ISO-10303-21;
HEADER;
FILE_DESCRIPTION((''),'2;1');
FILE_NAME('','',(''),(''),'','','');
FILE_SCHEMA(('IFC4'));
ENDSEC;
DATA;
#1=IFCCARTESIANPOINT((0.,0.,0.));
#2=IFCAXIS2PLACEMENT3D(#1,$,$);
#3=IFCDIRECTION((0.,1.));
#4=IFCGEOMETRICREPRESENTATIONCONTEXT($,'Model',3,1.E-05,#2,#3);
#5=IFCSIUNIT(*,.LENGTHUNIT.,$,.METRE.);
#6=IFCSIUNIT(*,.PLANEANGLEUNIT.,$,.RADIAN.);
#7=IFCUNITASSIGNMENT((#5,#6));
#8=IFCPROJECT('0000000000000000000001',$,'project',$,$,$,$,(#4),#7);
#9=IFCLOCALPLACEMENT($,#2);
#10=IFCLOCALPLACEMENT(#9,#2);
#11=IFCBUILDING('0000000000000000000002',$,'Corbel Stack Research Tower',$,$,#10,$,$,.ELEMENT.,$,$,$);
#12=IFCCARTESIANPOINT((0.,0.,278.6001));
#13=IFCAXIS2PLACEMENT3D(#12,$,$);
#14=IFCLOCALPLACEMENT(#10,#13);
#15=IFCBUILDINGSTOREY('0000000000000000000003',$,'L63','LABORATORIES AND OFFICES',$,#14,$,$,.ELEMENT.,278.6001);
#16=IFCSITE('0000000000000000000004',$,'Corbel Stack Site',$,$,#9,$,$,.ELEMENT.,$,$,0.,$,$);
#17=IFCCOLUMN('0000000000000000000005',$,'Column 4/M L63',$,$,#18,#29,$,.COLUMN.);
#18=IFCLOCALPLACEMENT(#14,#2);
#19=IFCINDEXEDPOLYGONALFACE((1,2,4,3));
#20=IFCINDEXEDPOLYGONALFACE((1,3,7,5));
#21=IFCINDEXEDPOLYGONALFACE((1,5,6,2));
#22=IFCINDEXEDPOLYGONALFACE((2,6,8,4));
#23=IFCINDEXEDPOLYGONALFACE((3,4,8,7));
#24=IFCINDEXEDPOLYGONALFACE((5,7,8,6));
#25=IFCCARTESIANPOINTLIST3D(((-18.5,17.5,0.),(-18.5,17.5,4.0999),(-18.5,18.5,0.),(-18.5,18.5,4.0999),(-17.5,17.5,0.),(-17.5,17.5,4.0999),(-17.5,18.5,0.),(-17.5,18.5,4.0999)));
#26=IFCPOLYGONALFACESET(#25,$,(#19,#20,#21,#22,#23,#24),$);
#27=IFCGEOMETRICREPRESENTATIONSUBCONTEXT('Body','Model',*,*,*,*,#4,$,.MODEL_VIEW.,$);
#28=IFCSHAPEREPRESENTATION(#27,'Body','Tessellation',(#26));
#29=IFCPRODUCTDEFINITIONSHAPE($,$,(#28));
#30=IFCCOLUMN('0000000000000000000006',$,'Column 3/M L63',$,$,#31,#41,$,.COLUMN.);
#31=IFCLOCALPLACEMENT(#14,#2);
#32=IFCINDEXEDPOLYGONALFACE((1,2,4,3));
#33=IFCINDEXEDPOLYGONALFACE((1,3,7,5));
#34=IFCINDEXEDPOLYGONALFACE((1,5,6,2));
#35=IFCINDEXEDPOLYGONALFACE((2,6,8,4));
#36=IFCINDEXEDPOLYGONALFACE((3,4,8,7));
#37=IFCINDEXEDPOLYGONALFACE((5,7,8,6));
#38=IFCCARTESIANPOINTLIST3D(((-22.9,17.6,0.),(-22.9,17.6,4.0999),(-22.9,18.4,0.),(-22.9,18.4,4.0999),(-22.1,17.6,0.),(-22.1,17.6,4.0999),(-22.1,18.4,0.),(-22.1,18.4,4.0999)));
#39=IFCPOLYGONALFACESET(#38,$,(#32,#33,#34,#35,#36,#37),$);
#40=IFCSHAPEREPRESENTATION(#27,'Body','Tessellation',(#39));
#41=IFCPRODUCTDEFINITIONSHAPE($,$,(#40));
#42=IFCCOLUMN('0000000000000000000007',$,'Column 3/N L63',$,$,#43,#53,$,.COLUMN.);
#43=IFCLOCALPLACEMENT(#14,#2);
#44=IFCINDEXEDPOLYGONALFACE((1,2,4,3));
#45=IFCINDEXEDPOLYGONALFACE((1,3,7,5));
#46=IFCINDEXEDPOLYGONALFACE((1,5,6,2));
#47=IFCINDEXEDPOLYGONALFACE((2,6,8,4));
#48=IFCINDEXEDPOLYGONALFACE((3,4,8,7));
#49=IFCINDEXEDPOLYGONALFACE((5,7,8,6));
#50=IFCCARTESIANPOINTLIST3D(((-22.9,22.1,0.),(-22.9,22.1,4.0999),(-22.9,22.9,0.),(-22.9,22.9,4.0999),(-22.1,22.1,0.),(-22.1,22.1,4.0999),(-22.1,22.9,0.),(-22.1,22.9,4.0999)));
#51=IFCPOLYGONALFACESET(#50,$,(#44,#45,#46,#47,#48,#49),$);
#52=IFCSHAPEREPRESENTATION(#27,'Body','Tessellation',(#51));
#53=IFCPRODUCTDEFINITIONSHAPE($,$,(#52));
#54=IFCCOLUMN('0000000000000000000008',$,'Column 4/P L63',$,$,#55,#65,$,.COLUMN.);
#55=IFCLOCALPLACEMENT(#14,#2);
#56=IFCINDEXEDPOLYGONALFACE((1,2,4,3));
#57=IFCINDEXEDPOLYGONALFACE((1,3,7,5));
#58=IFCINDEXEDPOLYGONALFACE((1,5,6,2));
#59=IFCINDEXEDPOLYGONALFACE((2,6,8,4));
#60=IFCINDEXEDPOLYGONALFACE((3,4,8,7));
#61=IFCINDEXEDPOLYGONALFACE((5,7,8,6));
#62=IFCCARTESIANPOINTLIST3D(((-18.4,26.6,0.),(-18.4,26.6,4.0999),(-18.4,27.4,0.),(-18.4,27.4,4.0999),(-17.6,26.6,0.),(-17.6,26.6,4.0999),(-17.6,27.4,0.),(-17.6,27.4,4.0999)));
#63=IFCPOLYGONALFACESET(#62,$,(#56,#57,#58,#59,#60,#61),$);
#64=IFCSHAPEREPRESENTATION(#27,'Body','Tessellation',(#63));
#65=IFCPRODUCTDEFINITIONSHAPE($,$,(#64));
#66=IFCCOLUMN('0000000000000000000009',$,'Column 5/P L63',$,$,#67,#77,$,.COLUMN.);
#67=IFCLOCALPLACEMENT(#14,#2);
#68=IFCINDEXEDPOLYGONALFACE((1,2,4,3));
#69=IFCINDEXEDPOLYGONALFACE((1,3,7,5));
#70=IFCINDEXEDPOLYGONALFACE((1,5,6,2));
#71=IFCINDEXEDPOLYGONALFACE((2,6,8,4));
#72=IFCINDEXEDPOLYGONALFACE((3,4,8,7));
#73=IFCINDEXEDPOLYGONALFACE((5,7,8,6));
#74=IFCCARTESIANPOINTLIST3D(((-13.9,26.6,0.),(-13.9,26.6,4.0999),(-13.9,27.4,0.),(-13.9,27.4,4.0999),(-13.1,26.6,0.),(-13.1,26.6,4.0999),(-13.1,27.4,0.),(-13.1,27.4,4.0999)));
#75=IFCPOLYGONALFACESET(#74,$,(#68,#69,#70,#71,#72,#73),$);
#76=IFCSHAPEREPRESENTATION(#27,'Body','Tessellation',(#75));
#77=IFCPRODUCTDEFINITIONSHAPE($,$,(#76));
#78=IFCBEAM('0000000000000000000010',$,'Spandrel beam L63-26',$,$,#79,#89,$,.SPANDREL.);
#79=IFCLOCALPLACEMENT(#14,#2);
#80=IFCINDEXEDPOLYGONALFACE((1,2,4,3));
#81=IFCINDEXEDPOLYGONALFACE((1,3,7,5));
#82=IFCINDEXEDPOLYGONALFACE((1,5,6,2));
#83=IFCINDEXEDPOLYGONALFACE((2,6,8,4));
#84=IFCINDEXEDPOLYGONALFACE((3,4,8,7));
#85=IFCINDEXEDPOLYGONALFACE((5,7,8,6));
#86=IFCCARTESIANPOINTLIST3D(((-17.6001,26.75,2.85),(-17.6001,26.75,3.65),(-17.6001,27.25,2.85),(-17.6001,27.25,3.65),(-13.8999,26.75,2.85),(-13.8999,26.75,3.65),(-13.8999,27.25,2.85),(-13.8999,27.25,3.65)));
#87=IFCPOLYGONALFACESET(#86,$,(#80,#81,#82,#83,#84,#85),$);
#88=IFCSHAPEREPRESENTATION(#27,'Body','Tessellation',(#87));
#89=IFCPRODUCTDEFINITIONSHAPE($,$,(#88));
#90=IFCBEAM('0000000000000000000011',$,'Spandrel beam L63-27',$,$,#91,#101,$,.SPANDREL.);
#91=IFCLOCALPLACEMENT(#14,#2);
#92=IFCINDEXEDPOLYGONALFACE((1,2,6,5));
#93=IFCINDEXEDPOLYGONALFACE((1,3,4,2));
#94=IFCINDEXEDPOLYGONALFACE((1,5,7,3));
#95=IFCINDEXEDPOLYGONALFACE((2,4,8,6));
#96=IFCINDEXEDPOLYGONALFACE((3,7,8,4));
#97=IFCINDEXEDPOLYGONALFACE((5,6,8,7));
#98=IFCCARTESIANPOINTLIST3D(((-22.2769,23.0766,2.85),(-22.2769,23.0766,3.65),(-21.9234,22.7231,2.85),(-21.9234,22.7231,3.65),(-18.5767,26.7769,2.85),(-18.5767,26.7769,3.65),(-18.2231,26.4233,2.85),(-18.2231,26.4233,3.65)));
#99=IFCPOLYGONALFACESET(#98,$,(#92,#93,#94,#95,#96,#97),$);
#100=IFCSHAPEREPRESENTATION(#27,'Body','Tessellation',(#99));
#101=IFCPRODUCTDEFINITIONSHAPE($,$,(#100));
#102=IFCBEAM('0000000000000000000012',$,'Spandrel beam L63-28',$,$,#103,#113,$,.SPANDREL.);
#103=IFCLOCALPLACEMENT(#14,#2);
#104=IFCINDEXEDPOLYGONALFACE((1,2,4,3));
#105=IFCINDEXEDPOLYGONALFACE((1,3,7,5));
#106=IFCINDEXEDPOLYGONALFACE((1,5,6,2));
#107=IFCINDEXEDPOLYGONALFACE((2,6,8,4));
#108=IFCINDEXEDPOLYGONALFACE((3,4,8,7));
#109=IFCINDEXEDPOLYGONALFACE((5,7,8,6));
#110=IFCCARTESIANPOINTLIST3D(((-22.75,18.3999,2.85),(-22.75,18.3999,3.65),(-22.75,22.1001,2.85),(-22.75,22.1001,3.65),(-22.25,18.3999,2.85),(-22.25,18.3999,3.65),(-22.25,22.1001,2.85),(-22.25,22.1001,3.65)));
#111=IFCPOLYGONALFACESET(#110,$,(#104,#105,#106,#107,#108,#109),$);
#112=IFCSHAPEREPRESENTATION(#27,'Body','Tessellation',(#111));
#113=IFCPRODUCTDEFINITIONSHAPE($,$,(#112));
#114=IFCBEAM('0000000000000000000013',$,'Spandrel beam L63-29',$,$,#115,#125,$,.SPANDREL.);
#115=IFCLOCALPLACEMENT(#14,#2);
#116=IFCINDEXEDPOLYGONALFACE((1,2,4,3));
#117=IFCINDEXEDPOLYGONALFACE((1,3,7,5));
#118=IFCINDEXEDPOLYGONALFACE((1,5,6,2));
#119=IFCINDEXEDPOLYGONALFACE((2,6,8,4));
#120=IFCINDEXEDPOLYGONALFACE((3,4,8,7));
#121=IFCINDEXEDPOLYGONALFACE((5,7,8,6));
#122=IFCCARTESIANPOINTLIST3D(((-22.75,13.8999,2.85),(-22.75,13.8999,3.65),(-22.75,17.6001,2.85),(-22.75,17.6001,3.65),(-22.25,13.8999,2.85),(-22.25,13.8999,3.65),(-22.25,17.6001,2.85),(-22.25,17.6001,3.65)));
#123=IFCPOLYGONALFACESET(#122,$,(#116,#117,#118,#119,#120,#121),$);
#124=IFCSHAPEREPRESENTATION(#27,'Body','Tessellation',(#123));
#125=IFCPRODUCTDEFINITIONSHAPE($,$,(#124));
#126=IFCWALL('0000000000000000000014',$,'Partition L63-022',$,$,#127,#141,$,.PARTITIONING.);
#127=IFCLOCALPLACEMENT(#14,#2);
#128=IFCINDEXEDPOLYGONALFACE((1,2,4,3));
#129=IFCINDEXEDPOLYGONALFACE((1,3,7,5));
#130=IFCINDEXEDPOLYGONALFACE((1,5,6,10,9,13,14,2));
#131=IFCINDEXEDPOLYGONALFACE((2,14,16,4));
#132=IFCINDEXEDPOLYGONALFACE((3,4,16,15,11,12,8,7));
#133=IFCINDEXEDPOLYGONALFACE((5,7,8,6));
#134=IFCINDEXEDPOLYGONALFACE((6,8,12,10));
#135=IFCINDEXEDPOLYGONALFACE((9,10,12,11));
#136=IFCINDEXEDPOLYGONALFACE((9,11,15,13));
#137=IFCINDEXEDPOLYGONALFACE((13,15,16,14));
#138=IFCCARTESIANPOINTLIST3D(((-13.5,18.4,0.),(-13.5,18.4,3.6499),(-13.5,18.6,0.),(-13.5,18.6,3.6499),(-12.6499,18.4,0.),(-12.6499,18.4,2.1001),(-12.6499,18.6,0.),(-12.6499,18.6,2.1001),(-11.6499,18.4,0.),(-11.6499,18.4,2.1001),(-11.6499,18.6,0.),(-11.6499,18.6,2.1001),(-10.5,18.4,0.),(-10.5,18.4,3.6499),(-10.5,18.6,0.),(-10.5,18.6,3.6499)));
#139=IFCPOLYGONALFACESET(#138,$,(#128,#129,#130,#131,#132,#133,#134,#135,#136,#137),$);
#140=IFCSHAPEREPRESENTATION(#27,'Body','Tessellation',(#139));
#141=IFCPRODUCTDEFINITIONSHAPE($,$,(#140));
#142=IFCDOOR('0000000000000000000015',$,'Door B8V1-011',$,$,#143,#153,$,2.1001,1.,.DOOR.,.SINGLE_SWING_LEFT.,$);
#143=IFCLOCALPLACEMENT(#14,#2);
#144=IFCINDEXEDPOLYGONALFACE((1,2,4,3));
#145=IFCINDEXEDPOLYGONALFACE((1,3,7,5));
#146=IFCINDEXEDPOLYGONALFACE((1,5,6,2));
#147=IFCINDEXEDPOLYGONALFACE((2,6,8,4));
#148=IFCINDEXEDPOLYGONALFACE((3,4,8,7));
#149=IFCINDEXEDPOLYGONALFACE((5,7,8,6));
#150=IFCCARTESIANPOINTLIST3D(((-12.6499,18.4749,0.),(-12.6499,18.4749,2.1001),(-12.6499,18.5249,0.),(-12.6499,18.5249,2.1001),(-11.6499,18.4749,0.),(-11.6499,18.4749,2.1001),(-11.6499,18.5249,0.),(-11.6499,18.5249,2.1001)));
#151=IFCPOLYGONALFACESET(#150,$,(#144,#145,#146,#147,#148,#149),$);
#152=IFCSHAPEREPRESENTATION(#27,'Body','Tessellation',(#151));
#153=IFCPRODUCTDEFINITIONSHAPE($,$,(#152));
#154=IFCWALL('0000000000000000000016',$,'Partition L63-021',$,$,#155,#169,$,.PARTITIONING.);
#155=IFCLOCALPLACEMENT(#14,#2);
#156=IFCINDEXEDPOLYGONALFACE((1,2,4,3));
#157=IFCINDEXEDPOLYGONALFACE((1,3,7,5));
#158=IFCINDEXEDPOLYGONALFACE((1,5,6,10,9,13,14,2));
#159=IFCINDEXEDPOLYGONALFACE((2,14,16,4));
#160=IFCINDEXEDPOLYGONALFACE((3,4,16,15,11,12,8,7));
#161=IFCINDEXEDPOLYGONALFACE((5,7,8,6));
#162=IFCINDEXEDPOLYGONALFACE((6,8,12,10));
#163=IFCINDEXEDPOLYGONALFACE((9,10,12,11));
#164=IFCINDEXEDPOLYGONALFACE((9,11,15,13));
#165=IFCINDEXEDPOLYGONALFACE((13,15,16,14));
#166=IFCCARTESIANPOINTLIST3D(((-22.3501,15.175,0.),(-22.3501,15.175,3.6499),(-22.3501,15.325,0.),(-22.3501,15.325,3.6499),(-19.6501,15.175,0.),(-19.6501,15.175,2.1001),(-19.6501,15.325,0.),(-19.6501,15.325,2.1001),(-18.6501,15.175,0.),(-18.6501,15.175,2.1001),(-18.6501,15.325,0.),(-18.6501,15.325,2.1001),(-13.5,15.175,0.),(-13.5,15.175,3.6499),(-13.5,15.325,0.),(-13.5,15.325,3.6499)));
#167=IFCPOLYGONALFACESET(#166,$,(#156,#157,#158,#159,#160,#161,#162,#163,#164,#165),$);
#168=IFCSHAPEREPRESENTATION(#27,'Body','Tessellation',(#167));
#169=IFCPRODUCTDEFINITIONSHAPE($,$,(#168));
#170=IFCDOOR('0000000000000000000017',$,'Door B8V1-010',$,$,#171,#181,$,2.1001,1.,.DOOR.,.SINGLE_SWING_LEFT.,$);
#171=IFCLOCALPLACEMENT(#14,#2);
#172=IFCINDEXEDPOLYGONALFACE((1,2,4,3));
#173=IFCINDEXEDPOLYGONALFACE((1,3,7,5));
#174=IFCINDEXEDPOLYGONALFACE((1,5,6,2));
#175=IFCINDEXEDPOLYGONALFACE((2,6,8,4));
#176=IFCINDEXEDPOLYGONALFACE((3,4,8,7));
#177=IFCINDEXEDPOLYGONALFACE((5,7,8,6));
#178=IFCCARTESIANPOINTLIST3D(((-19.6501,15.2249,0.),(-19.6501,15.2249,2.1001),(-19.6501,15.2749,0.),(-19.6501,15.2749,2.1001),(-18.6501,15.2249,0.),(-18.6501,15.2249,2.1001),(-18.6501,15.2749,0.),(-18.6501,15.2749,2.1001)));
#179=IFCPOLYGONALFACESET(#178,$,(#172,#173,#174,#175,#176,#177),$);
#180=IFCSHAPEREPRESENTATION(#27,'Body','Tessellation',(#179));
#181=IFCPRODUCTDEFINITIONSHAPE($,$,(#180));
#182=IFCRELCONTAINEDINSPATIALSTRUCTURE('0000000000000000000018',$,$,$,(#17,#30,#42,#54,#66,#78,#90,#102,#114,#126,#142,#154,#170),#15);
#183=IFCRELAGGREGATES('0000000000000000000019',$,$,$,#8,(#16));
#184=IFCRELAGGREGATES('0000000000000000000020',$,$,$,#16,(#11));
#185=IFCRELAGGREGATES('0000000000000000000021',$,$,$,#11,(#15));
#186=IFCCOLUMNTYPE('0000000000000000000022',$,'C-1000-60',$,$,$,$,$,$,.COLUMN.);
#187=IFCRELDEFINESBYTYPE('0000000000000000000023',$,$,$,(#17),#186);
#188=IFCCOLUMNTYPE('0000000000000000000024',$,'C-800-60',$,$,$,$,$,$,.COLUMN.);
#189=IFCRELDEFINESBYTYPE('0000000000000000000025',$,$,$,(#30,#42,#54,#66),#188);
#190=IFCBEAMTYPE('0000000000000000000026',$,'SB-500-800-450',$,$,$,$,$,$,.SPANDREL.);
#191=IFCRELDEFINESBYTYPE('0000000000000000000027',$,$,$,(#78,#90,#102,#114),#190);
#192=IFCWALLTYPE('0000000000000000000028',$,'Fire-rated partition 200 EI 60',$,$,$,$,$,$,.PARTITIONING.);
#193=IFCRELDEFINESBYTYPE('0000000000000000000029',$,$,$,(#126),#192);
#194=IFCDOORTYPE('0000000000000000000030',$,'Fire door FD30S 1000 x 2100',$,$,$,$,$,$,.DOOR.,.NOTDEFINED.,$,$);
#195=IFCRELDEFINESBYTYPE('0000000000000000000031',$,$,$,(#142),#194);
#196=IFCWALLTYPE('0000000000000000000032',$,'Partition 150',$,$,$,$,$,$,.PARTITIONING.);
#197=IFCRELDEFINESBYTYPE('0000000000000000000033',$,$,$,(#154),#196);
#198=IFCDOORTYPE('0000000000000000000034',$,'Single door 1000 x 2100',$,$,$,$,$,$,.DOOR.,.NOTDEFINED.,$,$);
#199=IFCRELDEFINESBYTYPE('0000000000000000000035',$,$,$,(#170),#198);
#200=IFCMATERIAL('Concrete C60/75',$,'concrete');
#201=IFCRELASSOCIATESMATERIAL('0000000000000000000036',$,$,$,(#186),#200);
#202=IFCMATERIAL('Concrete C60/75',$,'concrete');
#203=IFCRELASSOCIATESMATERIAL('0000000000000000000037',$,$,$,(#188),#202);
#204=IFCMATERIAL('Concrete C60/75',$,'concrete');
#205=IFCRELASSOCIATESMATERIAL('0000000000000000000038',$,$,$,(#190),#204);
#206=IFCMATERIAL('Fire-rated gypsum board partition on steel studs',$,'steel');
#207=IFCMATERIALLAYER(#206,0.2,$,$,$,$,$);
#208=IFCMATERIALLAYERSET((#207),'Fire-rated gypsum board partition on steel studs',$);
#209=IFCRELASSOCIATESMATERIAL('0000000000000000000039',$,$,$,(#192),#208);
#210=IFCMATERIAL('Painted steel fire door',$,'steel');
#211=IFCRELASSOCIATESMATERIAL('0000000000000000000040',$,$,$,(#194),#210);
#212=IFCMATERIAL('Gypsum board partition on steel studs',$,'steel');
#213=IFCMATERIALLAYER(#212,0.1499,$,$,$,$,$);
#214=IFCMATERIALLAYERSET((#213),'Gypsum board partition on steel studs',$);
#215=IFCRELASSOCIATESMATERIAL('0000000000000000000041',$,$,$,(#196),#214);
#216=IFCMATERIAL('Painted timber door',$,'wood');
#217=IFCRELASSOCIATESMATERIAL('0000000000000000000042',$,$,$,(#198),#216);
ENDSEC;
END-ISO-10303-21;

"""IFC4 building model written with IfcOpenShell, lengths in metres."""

from ifc_helpers import new_model, si_unit, direction, frame, frame_2d, origin, origin_2d, place, context, subcontext, project, spatial, rectangle, extrude, material, layer, layer_set, material_profile, profile_set, type_object, element, fill, save


model = new_model("IFC4")

# Units and contexts
model_context = context("Model", 3, precision=1e-05, world=origin(), true_north=direction((0.0, 1.0)))
body_context = subcontext(model_context, "Body", "Model", "MODEL_VIEW")
ifc_project = project(units=[si_unit("LENGTHUNIT", "METRE"), si_unit("PLANEANGLEUNIT", "RADIAN")], contexts=[model_context])

# Site, building, storey
site_placement = place(None, origin())
site = spatial("IfcSite", under=ifc_project, at=site_placement, Name="Corbel Stack Site", CompositionType="ELEMENT", RefElevation=0.0)
building_placement = place(site_placement, origin())
building = spatial("IfcBuilding", under=site, at=building_placement, Name="Corbel Stack Research Tower", CompositionType="ELEMENT")
storey_placement = place(building_placement, frame((0.0, 0.0, 278.6001)))
storey = spatial("IfcBuildingStorey", under=building, at=storey_placement, Name="L63", Description="LABORATORIES AND OFFICES", CompositionType="ELEMENT", Elevation=278.6001)

# Columns
ifc_material_1 = material(Name="Concrete C60/75", Category="concrete")
ifc_material_profile_1 = material_profile(ifc_material_1, rectangle(XDim=1.0, YDim=1.0, at=origin_2d()), Name="RC 1000 x 1000")
ifc_profile_set_1 = profile_set([ifc_material_profile_1], Name="Concrete C60/75")
column_type_1 = type_object("IfcColumnType", Name="C-1000-60", PredefinedType="COLUMN", material=ifc_profile_set_1)
column_placement = place(storey_placement, frame((-18.0, 18.0, 0.0), z_axis=(0.0, 0.0, 1.0), x_axis=(1.0, 0.0, 0.0)))
element("IfcColumn", 1, at=column_placement, inside=storey, type_object=column_type_1, Name="Column 4/M L63", PredefinedType="COLUMN", context=body_context, shape_type="SweptSolid", body=[
    extrude(rectangle(XDim=1.0, YDim=1.0, at=origin_2d()), origin(), (0.0, 0.0, 1.0), 4.0999),
])
ifc_material_2 = material(Name="Concrete C60/75", Category="concrete")
ifc_material_profile_2 = material_profile(ifc_material_2, rectangle(XDim=0.8, YDim=0.8, at=origin_2d()), Name="RC 800 x 800")
ifc_profile_set_2 = profile_set([ifc_material_profile_2], Name="Concrete C60/75")
column_type_2 = type_object("IfcColumnType", Name="C-800-60", PredefinedType="COLUMN", material=ifc_profile_set_2)
for number, where, z_axis, x_axis, name in (
    (2, (-22.5, 18.0, 0.0), (0.0, 0.0, 1.0), (1.0, 0.0, 0.0), "Column 3/M L63"),
    (3, (-22.5, 22.5, 0.0), (0.0, 0.0, 1.0), (1.0, 0.0, 0.0), "Column 3/N L63"),
    (4, (-18.0, 27.0, 0.0), (0.0, 0.0, 1.0), (1.0, 0.0, 0.0), "Column 4/P L63"),
    (5, (-13.5, 27.0, 0.0), (0.0, 0.0, 1.0), (1.0, 0.0, 0.0), "Column 5/P L63"),
):
    element("IfcColumn", number, at=place(storey_placement, frame(where, z_axis=z_axis, x_axis=x_axis)), inside=storey, type_object=column_type_2, Name=name, PredefinedType="COLUMN", context=body_context, shape_type="SweptSolid", body=[
        extrude(rectangle(XDim=0.8, YDim=0.8, at=origin_2d()), origin(), (0.0, 0.0, 1.0), 4.0999),
    ])

# Beams
ifc_material_3 = material(Name="Concrete C60/75", Category="concrete")
ifc_material_profile_3 = material_profile(ifc_material_3, rectangle(XDim=0.5, YDim=0.8, at=origin_2d()), Name="RC 500 x 800")
ifc_profile_set_3 = profile_set([ifc_material_profile_3], Name="Concrete C60/75")
beam_type = type_object("IfcBeamType", Name="SB-500-800-450", PredefinedType="SPANDREL", material=ifc_profile_set_3)
beam_1_placement = place(storey_placement, frame((-13.8999, 27.0, 3.25), z_axis=(-1.0, 0.0, 0.0), x_axis=(0.0, -1.0, 0.0)))
element("IfcBeam", 6, at=beam_1_placement, inside=storey, type_object=beam_type, Name="Spandrel beam L63-26", PredefinedType="SPANDREL", context=body_context, shape_type="SweptSolid", body=[
    extrude(rectangle(XDim=0.5, YDim=0.8, at=origin_2d()), origin(), (0.0, 0.0, 1.0), 3.7002),
])
beam_2_placement = place(storey_placement, frame((-18.3999, 26.6001, 3.25), z_axis=(-0.707107, -0.707107, 0.0), x_axis=(0.707107, -0.707107, 0.0)))
element("IfcBeam", 7, at=beam_2_placement, inside=storey, type_object=beam_type, Name="Spandrel beam L63-27", PredefinedType="SPANDREL", context=body_context, shape_type="SweptSolid", body=[
    extrude(rectangle(XDim=0.5, YDim=0.8, at=origin_2d()), origin(), (0.0, 0.0, 1.0), 5.2329),
])
for number, where, z_axis, x_axis, name in (
    (8, (-22.5, 22.1001, 3.25), (0.0, -1.0, 0.0), (1.0, 0.0, 0.0), "Spandrel beam L63-28"),
    (9, (-22.5, 17.6001, 3.25), (0.0, -1.0, 0.0), (1.0, 0.0, 0.0), "Spandrel beam L63-29"),
):
    element("IfcBeam", number, at=place(storey_placement, frame(where, z_axis=z_axis, x_axis=x_axis)), inside=storey, type_object=beam_type, Name=name, PredefinedType="SPANDREL", context=body_context, shape_type="SweptSolid", body=[
        extrude(rectangle(XDim=0.5, YDim=0.8, at=origin_2d()), origin(), (0.0, 0.0, 1.0), 3.7002),
    ])

# Walls, openings, doors
ifc_material_4 = material(Name="Fire-rated gypsum board partition on steel studs", Category="steel")
ifc_layer_1 = layer(ifc_material_4, 0.2)
ifc_layer_set_1 = layer_set([ifc_layer_1], Name="Fire-rated gypsum board partition on steel studs")
wall_type_1 = type_object("IfcWallType", Name="Fire-rated partition 200 EI 60", PredefinedType="PARTITIONING", material=ifc_layer_set_1)
wall_1_placement = place(storey_placement, frame((-13.5, 18.5, 0.0), z_axis=(0.0, 0.0, 1.0), x_axis=(1.0, 0.0, 0.0)))
wall_1 = element("IfcWall", 10, at=wall_1_placement, inside=storey, type_object=wall_type_1, Name="Partition L63-022", PredefinedType="PARTITIONING", context=body_context, shape_type="SweptSolid", body=[
    extrude(rectangle(XDim=3.0, YDim=0.2, at=frame_2d((1.5, 0.0))), origin(), (0.0, 0.0, 1.0), 3.6499),
])
opening_1_placement = place(wall_1_placement, frame((0.8501, 0.0, 0.0)))
opening_1 = element("IfcOpeningElement", 11, at=opening_1_placement, cuts=wall_1, PredefinedType="OPENING", context=body_context, shape_type="SweptSolid", body=[
    extrude(rectangle(XDim=1.0, YDim=2.1001, at=frame_2d((0.5, 1.05))), frame((0.0, 0.1099, 0.0), z_axis=(0.0, -1.0, 0.0), x_axis=(1.0, 0.0, 0.0)), (0.0, 0.0, 1.0), 0.22),
])
ifc_material_5 = material(Name="Painted steel fire door", Category="steel")
door_type_1 = type_object("IfcDoorType", Name="Fire door FD30S 1000 x 2100", OperationType="NOTDEFINED", PredefinedType="DOOR", material=ifc_material_5)
door_1_placement = place(opening_1_placement, origin())
door_1 = element("IfcDoor", 12, at=door_1_placement, inside=storey, type_object=door_type_1, Name="Door B8V1-011", OperationType="SINGLE_SWING_LEFT", OverallHeight=2.1001, OverallWidth=1.0, PredefinedType="DOOR", context=body_context, shape_type="SweptSolid", body=[
    extrude(rectangle(XDim=1.0, YDim=2.1001, at=frame_2d((0.5, 1.05))), frame((0.0, 0.0249, 0.0), z_axis=(0.0, -1.0, 0.0), x_axis=(1.0, 0.0, 0.0)), (0.0, 0.0, 1.0), 0.05),
])
fill(opening_1, door_1)
ifc_material_6 = material(Name="Gypsum board partition on steel studs", Category="steel")
ifc_layer_2 = layer(ifc_material_6, 0.1499)
ifc_layer_set_2 = layer_set([ifc_layer_2], Name="Gypsum board partition on steel studs")
wall_type_2 = type_object("IfcWallType", Name="Partition 150", PredefinedType="PARTITIONING", material=ifc_layer_set_2)
wall_2_placement = place(storey_placement, frame((-22.3501, 15.25, 0.0), z_axis=(0.0, 0.0, 1.0), x_axis=(1.0, 0.0, 0.0)))
wall_2 = element("IfcWall", 13, at=wall_2_placement, inside=storey, type_object=wall_type_2, Name="Partition L63-021", PredefinedType="PARTITIONING", context=body_context, shape_type="SweptSolid", body=[
    extrude(rectangle(XDim=8.8501, YDim=0.1499, at=frame_2d((4.425, 0.0))), origin(), (0.0, 0.0, 1.0), 3.6499),
])
opening_2_placement = place(wall_2_placement, frame((2.7, 0.0, 0.0)))
opening_2 = element("IfcOpeningElement", 14, at=opening_2_placement, cuts=wall_2, PredefinedType="OPENING", context=body_context, shape_type="SweptSolid", body=[
    extrude(rectangle(XDim=1.0, YDim=2.1001, at=frame_2d((0.5, 1.05))), frame((0.0, 0.085, 0.0), z_axis=(0.0, -1.0, 0.0), x_axis=(1.0, 0.0, 0.0)), (0.0, 0.0, 1.0), 0.1699),
])
ifc_material_7 = material(Name="Painted timber door", Category="wood")
door_type_2 = type_object("IfcDoorType", Name="Single door 1000 x 2100", OperationType="NOTDEFINED", PredefinedType="DOOR", material=ifc_material_7)
door_2_placement = place(opening_2_placement, origin())
door_2 = element("IfcDoor", 15, at=door_2_placement, inside=storey, type_object=door_type_2, Name="Door B8V1-010", OperationType="SINGLE_SWING_LEFT", OverallHeight=2.1001, OverallWidth=1.0, PredefinedType="DOOR", context=body_context, shape_type="SweptSolid", body=[
    extrude(rectangle(XDim=1.0, YDim=2.1001, at=frame_2d((0.5, 1.05))), frame((0.0, 0.0249, 0.0), z_axis=(0.0, -1.0, 0.0), x_axis=(1.0, 0.0, 0.0)), (0.0, 0.0, 1.0), 0.05),
])
fill(opening_2, door_2)

save(model, "model.ifc")
